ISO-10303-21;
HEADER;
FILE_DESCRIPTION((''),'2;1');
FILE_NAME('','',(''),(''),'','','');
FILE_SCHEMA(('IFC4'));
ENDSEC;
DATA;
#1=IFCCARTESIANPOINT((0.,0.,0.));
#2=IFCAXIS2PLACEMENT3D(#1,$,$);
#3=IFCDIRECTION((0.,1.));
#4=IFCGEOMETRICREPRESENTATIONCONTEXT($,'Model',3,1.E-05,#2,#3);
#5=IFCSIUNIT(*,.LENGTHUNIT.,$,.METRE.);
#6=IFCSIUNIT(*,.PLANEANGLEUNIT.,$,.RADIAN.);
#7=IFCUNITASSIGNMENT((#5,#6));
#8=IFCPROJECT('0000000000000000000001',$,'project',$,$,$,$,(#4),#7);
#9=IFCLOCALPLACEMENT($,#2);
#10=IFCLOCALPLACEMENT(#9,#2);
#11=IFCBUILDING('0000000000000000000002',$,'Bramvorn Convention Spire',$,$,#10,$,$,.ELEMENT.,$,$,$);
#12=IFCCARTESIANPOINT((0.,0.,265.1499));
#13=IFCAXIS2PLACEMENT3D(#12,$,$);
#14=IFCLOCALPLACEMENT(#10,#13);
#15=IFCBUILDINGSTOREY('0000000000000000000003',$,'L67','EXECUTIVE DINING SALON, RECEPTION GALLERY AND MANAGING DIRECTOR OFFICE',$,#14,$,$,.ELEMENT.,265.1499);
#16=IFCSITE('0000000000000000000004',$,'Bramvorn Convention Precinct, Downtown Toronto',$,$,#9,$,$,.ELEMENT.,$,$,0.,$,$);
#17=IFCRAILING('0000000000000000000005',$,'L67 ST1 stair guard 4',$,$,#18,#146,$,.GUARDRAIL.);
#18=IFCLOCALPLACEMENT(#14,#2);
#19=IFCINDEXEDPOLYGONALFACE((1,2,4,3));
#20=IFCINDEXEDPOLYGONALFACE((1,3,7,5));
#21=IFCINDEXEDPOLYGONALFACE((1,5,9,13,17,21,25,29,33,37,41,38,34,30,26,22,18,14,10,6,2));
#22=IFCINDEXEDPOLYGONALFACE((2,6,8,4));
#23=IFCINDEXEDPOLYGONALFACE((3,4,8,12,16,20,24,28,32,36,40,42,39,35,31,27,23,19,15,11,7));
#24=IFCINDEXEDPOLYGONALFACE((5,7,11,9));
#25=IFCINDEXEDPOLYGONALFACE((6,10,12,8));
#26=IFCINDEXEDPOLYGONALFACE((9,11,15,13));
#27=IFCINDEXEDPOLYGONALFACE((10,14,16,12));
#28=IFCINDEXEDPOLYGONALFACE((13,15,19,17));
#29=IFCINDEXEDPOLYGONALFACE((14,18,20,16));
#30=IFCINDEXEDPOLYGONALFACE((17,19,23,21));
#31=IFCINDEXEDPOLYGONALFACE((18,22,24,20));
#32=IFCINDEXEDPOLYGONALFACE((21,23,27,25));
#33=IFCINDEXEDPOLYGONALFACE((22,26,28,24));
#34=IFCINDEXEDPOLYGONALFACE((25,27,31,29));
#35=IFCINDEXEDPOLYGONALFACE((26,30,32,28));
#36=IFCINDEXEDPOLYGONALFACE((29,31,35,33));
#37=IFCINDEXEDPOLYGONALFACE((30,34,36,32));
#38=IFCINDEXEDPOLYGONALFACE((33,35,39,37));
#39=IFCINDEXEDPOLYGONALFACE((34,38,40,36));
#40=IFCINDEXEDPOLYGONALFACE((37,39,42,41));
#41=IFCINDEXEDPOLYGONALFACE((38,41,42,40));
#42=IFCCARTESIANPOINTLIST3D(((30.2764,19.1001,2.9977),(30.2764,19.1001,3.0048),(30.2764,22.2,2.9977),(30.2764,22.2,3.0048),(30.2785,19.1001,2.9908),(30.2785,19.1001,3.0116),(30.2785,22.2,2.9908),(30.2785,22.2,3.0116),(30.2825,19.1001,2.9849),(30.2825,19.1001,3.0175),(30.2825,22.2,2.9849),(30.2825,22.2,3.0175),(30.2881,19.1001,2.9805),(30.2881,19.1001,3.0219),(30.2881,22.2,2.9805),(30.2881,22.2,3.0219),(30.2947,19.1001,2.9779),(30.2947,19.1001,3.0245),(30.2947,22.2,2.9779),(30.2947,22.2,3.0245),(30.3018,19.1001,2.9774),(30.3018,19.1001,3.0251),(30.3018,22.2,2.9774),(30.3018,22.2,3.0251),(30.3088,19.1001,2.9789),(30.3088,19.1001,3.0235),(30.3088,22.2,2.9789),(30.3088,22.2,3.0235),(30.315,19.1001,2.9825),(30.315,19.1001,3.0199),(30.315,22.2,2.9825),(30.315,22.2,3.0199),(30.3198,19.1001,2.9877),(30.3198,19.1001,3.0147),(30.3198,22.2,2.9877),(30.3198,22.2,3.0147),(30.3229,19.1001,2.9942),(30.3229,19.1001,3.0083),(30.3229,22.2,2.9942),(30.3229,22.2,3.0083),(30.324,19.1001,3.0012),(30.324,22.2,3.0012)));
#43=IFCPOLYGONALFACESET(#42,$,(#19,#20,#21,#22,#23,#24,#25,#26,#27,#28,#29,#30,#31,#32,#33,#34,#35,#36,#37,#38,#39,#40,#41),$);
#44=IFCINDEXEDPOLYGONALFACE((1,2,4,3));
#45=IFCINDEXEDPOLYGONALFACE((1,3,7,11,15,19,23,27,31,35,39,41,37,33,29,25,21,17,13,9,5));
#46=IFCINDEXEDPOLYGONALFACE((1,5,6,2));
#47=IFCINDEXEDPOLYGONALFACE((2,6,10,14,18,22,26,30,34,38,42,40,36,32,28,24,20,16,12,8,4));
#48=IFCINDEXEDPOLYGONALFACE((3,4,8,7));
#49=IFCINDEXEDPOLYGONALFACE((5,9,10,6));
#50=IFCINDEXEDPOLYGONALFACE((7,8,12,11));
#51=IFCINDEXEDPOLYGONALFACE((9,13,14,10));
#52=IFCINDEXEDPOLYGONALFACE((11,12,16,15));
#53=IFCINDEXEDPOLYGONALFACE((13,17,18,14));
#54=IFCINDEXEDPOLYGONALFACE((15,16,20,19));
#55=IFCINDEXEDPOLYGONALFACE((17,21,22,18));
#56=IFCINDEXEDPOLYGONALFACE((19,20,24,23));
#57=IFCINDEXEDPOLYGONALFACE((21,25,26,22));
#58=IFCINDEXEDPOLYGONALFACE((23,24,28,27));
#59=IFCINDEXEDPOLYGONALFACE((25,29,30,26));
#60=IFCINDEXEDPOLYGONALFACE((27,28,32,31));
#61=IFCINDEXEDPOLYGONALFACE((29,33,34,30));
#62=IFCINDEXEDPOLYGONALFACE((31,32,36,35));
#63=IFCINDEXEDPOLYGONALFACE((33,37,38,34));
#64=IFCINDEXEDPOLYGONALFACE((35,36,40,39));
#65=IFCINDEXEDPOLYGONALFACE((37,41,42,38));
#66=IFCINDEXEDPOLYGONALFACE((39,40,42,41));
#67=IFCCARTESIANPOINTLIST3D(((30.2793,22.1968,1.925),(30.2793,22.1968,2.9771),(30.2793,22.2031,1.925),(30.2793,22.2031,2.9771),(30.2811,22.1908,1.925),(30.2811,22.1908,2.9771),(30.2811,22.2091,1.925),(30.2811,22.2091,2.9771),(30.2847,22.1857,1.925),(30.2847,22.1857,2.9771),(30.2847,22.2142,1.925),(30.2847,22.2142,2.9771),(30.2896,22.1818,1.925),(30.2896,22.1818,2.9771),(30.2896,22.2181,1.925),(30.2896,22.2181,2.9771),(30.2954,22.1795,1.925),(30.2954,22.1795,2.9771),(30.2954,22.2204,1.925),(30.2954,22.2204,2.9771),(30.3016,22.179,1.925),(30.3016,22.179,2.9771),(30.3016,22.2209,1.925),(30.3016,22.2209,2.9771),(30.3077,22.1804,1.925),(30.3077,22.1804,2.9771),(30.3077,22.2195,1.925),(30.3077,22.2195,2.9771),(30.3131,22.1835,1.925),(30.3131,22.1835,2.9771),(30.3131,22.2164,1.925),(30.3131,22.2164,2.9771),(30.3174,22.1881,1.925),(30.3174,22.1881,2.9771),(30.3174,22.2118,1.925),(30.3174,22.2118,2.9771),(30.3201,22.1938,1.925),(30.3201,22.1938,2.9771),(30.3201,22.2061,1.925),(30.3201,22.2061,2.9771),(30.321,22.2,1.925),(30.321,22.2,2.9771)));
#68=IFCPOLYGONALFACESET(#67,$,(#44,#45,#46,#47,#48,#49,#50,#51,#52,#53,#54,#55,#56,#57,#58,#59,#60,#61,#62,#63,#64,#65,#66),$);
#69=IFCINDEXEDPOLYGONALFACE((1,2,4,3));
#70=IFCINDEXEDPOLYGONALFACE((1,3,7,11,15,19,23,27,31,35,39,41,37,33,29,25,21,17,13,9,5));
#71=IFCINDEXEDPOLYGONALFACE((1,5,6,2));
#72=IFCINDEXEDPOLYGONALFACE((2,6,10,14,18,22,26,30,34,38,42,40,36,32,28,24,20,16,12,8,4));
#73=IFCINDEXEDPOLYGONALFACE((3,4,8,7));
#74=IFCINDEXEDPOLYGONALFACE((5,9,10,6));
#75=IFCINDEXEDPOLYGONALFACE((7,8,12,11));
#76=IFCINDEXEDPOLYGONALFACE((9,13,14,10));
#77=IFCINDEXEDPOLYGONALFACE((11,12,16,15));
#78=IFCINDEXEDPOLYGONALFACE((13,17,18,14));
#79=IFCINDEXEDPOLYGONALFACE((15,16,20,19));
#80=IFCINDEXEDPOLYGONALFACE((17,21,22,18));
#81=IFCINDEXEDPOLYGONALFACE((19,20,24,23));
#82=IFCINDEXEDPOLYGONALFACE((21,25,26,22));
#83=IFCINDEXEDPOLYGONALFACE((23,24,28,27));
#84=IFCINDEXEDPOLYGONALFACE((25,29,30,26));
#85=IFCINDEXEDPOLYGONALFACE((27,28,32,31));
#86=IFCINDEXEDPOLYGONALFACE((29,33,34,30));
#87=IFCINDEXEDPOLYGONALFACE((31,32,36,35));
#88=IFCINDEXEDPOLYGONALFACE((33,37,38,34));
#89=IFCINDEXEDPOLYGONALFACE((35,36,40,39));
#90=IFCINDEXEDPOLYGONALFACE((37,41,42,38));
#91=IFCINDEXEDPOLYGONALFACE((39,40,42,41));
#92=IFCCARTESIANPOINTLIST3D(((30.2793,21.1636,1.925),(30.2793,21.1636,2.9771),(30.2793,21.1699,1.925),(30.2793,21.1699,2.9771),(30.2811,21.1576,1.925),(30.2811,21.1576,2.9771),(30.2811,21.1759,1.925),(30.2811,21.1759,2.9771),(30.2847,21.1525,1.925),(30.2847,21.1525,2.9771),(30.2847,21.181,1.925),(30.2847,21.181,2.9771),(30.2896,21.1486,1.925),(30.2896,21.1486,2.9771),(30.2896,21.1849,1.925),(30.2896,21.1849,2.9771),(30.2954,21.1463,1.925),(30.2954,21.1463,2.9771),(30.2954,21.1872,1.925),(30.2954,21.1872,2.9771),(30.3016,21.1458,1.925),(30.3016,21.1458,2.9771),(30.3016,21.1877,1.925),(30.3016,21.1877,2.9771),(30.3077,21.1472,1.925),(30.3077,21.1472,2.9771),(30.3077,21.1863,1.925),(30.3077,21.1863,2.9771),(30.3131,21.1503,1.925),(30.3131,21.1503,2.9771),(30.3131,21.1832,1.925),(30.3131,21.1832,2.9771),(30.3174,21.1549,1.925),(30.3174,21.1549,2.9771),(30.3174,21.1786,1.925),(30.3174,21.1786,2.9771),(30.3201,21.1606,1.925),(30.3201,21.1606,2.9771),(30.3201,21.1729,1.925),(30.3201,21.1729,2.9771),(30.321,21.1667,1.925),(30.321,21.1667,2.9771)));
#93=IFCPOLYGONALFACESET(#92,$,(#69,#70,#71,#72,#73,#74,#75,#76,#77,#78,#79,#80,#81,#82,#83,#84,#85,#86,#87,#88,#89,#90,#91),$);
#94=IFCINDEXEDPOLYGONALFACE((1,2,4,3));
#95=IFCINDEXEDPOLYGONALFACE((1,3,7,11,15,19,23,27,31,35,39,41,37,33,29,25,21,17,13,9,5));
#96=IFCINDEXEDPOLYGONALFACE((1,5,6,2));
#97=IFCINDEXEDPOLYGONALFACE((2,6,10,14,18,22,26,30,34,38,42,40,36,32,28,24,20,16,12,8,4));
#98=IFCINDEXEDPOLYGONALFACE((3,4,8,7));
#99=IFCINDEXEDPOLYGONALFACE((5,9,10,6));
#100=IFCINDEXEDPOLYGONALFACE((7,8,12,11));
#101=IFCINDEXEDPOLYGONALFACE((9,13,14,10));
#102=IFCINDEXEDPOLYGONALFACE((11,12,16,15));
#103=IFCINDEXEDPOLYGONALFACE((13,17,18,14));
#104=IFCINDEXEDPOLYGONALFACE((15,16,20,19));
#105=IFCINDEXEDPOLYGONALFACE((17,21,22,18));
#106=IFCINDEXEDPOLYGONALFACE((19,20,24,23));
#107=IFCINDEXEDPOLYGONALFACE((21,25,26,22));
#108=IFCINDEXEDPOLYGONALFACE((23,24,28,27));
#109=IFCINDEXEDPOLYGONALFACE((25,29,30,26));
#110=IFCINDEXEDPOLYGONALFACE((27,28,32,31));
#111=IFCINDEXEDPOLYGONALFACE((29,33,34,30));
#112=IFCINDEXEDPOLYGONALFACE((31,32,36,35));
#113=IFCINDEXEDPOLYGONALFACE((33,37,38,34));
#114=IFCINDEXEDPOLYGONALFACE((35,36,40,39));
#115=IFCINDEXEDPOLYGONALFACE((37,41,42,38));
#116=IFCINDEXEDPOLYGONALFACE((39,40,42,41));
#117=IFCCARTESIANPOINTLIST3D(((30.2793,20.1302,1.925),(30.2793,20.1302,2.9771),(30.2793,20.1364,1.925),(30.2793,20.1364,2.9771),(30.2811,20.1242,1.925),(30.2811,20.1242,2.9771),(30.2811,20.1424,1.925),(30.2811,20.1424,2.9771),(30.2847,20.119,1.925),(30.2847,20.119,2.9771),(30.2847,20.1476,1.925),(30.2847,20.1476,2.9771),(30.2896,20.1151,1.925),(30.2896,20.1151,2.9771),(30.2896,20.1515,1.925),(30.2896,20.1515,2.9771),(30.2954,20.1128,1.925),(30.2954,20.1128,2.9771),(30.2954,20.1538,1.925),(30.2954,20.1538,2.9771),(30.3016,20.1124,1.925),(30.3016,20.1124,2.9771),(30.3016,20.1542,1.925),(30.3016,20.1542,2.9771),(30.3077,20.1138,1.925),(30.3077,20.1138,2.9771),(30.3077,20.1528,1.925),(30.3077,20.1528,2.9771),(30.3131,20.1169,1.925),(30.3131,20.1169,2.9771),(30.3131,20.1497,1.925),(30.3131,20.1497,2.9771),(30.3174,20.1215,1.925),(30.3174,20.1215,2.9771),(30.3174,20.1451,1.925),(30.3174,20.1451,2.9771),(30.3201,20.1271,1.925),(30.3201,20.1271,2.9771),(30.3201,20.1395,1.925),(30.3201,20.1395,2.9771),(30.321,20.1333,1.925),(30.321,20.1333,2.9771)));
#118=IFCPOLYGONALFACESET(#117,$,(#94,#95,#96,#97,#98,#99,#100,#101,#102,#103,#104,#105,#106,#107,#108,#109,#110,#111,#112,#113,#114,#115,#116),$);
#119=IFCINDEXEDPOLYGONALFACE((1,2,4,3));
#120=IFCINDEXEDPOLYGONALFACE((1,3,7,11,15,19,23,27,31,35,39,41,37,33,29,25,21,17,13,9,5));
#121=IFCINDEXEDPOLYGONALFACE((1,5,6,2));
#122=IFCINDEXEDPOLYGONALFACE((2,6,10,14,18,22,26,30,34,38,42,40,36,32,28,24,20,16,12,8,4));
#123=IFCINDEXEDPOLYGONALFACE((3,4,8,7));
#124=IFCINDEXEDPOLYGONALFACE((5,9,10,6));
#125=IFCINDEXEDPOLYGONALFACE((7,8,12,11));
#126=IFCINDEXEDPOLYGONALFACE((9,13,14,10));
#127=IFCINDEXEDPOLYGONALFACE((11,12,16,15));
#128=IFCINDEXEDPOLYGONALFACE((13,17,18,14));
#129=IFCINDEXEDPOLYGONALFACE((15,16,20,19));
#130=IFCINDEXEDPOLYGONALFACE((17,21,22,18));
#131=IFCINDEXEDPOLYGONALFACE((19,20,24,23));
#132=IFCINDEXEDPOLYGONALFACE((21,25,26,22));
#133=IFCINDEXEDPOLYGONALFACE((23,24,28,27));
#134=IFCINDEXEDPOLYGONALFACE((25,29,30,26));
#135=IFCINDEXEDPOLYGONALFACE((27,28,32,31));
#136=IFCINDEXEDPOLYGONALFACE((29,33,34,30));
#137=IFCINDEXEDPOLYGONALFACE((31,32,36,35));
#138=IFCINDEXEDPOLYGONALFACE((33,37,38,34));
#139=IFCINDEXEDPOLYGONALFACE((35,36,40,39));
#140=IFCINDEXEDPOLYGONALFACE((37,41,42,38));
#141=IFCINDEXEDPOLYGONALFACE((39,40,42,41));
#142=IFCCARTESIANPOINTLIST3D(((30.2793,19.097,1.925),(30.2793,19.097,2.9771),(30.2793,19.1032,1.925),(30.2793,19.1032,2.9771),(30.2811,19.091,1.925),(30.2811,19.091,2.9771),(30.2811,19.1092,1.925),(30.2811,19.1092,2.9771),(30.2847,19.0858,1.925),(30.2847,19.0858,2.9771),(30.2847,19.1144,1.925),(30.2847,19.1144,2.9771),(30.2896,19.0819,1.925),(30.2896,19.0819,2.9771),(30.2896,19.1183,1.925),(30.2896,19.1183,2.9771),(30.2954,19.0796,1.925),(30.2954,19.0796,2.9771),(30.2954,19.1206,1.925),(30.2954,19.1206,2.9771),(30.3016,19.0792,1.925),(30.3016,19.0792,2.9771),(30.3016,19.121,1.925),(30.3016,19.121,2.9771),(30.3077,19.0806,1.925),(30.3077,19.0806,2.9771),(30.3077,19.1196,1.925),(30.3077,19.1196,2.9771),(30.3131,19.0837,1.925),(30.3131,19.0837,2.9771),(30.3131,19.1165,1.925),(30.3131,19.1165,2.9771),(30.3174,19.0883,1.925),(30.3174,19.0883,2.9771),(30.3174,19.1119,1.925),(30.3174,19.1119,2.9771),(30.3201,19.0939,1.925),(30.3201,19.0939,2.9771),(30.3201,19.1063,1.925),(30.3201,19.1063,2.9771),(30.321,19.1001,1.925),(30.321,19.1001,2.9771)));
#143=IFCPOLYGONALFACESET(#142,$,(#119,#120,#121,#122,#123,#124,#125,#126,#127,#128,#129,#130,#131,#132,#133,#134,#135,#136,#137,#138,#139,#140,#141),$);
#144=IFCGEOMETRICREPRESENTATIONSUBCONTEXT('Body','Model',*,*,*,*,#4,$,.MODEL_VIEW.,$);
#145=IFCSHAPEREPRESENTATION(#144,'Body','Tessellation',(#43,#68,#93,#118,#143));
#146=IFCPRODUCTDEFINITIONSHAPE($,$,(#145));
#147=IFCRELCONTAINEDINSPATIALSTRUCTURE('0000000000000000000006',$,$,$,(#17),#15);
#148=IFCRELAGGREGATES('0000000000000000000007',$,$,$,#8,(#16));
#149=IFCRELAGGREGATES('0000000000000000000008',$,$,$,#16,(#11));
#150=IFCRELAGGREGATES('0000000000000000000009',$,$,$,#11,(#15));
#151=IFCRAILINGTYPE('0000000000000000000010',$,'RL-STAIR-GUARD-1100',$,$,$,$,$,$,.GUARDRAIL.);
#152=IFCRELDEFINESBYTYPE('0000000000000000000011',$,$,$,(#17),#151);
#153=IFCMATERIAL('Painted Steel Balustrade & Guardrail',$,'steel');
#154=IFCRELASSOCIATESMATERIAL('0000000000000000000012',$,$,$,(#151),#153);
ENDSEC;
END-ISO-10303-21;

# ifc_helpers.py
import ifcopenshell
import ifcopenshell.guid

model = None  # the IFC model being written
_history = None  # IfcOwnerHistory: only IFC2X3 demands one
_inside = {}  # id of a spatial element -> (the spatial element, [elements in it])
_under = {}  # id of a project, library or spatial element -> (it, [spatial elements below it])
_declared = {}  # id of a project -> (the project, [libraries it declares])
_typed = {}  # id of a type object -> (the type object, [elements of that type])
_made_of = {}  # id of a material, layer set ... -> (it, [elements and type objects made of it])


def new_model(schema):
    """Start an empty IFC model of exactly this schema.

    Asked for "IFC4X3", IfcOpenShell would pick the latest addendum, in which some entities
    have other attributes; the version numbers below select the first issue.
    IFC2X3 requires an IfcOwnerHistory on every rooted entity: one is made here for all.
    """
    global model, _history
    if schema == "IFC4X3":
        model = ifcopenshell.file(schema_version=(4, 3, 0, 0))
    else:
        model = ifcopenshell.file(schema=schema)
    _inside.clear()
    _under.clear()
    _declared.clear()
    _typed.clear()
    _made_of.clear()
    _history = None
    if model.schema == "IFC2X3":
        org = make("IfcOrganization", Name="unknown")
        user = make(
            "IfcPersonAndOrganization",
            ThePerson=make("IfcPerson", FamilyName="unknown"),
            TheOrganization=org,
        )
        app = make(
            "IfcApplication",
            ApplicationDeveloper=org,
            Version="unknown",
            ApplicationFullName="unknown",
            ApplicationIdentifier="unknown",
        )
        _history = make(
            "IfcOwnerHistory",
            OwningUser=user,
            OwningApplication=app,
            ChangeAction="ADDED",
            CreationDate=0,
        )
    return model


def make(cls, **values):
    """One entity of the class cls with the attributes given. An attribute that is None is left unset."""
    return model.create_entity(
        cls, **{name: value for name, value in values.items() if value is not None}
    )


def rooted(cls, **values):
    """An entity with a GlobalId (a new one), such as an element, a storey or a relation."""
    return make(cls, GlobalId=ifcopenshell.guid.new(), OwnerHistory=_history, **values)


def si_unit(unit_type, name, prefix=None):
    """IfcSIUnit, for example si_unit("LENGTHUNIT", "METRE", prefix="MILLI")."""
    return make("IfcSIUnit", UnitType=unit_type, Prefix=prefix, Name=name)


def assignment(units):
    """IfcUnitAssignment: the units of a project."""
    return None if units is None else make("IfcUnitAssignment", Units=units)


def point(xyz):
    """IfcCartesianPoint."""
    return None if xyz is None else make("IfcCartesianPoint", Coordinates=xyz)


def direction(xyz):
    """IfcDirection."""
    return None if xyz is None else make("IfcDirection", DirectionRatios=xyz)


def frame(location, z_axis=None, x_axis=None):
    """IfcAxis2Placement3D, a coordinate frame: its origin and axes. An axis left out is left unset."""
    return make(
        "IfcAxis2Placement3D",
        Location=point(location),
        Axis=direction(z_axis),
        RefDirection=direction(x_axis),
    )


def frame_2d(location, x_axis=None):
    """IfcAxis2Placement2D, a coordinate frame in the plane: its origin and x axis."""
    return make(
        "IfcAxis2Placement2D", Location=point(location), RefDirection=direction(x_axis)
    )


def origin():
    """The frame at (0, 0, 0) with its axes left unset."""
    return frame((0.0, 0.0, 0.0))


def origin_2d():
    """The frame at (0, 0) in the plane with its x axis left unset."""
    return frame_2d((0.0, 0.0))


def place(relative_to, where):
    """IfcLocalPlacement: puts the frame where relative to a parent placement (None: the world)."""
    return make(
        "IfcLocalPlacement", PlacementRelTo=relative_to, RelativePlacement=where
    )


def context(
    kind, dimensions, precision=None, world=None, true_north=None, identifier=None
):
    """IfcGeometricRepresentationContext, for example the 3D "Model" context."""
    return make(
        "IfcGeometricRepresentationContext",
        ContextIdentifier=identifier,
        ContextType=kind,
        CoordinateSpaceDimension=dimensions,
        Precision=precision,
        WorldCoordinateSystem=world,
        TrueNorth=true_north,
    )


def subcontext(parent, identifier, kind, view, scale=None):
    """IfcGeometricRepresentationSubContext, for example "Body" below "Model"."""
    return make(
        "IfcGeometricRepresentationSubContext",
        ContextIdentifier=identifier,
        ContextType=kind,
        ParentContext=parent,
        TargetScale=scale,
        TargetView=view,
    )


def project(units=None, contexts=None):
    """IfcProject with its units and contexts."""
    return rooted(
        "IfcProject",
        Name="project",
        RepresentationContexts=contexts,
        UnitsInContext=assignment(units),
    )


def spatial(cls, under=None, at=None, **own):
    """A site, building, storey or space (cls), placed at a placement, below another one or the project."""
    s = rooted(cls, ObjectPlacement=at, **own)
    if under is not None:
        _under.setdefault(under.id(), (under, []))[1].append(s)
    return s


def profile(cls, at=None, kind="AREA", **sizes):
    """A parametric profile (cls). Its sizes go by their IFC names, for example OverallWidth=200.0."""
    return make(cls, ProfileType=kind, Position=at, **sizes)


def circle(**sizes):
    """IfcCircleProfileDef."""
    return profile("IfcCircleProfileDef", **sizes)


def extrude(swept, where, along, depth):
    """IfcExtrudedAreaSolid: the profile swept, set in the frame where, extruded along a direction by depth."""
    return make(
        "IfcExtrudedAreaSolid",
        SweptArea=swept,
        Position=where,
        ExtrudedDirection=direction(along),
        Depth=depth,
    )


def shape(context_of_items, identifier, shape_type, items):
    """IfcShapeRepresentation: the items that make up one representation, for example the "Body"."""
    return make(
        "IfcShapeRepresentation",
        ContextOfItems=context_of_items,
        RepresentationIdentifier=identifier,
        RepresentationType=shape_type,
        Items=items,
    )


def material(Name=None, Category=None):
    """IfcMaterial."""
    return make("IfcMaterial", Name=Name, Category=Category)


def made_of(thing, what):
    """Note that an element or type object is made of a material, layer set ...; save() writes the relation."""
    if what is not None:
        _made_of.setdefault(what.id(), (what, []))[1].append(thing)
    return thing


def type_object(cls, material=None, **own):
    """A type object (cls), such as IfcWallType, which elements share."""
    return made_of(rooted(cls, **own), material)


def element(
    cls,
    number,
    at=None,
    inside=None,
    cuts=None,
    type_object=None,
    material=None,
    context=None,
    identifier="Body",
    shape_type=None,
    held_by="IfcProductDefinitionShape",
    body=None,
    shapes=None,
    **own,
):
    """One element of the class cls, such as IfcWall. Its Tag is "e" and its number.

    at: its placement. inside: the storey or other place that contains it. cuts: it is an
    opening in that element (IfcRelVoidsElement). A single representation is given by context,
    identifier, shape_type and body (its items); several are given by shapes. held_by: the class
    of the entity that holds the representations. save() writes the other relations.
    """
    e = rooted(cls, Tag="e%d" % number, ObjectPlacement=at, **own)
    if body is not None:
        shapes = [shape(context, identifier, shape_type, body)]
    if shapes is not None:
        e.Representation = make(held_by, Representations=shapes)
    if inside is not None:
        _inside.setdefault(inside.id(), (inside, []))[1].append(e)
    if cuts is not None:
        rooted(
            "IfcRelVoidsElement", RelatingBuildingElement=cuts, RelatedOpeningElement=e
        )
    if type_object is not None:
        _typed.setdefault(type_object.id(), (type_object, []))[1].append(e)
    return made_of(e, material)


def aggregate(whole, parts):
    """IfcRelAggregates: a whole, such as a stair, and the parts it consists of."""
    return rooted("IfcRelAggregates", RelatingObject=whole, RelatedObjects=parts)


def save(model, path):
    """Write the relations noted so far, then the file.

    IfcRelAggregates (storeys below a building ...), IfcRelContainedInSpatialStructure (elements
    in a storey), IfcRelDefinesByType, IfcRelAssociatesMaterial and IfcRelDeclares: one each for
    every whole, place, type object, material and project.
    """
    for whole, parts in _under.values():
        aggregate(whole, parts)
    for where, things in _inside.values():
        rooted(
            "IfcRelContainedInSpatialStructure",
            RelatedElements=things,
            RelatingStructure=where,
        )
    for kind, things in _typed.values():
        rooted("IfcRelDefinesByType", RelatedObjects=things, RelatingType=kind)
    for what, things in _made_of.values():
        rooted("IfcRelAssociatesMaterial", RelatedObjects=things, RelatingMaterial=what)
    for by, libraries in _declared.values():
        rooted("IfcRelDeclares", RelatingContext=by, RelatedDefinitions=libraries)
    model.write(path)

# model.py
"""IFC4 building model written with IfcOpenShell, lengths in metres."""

from ifc_helpers import new_model, si_unit, direction, frame, origin, origin_2d, place, context, subcontext, project, spatial, circle, extrude, material, type_object, element, save


model = new_model("IFC4")

# Units and contexts
model_context = context("Model", 3, precision=1e-05, world=origin(), true_north=direction((0.0, 1.0)))
body_context = subcontext(model_context, "Body", "Model", "MODEL_VIEW")
ifc_project = project(units=[si_unit("LENGTHUNIT", "METRE"), si_unit("PLANEANGLEUNIT", "RADIAN")], contexts=[model_context])

# Site, building, storey
site_placement = place(None, origin())
site = spatial("IfcSite", under=ifc_project, at=site_placement, Name="Bramvorn Convention Precinct, Downtown Toronto", CompositionType="ELEMENT", RefElevation=0.0)
building_placement = place(site_placement, origin())
building = spatial("IfcBuilding", under=site, at=building_placement, Name="Bramvorn Convention Spire", CompositionType="ELEMENT")
storey_placement = place(building_placement, frame((0.0, 0.0, 265.1499)))
storey = spatial("IfcBuildingStorey", under=building, at=storey_placement, Name="L67", Description="EXECUTIVE DINING SALON, RECEPTION GALLERY AND MANAGING DIRECTOR OFFICE", CompositionType="ELEMENT", Elevation=265.1499)

# Railing
ifc_material_1 = material(Name="Painted Steel Balustrade & Guardrail", Category="steel")
railing_type_1 = type_object("IfcRailingType", Name="RL-STAIR-GUARD-1100", PredefinedType="GUARDRAIL", material=ifc_material_1)
for number, where, name in (
    (1, (30.3, 22.2, 1.925), "L67 ST1 stair guard 4"),
):
    element("IfcRailing", number, at=place(storey_placement, frame(where)), inside=storey, type_object=railing_type_1, Name=name, PredefinedType="GUARDRAIL", context=body_context, shape_type="SweptSolid", body=[
        extrude(circle(Radius=0.0239, at=origin_2d()), frame((0.0, 0.0, 1.0762), z_axis=(0.0, -1.0, 0.0), x_axis=(1.0, 0.0, 0.0)), (0.0, 0.0, 1.0), 3.0999),
        extrude(circle(Radius=0.021, at=origin_2d()), origin(), (0.0, 0.0, 1.0), 1.052),
        extrude(circle(Radius=0.021, at=origin_2d()), frame((0.0, -1.0332, 0.0)), (0.0, 0.0, 1.0), 1.052),
        extrude(circle(Radius=0.021, at=origin_2d()), frame((0.0, -2.0667, 0.0)), (0.0, 0.0, 1.0), 1.052),
        extrude(circle(Radius=0.021, at=origin_2d()), frame((0.0, -3.0999, 0.0)), (0.0, 0.0, 1.0), 1.052),
    ])

save(model, "model.ifc")
